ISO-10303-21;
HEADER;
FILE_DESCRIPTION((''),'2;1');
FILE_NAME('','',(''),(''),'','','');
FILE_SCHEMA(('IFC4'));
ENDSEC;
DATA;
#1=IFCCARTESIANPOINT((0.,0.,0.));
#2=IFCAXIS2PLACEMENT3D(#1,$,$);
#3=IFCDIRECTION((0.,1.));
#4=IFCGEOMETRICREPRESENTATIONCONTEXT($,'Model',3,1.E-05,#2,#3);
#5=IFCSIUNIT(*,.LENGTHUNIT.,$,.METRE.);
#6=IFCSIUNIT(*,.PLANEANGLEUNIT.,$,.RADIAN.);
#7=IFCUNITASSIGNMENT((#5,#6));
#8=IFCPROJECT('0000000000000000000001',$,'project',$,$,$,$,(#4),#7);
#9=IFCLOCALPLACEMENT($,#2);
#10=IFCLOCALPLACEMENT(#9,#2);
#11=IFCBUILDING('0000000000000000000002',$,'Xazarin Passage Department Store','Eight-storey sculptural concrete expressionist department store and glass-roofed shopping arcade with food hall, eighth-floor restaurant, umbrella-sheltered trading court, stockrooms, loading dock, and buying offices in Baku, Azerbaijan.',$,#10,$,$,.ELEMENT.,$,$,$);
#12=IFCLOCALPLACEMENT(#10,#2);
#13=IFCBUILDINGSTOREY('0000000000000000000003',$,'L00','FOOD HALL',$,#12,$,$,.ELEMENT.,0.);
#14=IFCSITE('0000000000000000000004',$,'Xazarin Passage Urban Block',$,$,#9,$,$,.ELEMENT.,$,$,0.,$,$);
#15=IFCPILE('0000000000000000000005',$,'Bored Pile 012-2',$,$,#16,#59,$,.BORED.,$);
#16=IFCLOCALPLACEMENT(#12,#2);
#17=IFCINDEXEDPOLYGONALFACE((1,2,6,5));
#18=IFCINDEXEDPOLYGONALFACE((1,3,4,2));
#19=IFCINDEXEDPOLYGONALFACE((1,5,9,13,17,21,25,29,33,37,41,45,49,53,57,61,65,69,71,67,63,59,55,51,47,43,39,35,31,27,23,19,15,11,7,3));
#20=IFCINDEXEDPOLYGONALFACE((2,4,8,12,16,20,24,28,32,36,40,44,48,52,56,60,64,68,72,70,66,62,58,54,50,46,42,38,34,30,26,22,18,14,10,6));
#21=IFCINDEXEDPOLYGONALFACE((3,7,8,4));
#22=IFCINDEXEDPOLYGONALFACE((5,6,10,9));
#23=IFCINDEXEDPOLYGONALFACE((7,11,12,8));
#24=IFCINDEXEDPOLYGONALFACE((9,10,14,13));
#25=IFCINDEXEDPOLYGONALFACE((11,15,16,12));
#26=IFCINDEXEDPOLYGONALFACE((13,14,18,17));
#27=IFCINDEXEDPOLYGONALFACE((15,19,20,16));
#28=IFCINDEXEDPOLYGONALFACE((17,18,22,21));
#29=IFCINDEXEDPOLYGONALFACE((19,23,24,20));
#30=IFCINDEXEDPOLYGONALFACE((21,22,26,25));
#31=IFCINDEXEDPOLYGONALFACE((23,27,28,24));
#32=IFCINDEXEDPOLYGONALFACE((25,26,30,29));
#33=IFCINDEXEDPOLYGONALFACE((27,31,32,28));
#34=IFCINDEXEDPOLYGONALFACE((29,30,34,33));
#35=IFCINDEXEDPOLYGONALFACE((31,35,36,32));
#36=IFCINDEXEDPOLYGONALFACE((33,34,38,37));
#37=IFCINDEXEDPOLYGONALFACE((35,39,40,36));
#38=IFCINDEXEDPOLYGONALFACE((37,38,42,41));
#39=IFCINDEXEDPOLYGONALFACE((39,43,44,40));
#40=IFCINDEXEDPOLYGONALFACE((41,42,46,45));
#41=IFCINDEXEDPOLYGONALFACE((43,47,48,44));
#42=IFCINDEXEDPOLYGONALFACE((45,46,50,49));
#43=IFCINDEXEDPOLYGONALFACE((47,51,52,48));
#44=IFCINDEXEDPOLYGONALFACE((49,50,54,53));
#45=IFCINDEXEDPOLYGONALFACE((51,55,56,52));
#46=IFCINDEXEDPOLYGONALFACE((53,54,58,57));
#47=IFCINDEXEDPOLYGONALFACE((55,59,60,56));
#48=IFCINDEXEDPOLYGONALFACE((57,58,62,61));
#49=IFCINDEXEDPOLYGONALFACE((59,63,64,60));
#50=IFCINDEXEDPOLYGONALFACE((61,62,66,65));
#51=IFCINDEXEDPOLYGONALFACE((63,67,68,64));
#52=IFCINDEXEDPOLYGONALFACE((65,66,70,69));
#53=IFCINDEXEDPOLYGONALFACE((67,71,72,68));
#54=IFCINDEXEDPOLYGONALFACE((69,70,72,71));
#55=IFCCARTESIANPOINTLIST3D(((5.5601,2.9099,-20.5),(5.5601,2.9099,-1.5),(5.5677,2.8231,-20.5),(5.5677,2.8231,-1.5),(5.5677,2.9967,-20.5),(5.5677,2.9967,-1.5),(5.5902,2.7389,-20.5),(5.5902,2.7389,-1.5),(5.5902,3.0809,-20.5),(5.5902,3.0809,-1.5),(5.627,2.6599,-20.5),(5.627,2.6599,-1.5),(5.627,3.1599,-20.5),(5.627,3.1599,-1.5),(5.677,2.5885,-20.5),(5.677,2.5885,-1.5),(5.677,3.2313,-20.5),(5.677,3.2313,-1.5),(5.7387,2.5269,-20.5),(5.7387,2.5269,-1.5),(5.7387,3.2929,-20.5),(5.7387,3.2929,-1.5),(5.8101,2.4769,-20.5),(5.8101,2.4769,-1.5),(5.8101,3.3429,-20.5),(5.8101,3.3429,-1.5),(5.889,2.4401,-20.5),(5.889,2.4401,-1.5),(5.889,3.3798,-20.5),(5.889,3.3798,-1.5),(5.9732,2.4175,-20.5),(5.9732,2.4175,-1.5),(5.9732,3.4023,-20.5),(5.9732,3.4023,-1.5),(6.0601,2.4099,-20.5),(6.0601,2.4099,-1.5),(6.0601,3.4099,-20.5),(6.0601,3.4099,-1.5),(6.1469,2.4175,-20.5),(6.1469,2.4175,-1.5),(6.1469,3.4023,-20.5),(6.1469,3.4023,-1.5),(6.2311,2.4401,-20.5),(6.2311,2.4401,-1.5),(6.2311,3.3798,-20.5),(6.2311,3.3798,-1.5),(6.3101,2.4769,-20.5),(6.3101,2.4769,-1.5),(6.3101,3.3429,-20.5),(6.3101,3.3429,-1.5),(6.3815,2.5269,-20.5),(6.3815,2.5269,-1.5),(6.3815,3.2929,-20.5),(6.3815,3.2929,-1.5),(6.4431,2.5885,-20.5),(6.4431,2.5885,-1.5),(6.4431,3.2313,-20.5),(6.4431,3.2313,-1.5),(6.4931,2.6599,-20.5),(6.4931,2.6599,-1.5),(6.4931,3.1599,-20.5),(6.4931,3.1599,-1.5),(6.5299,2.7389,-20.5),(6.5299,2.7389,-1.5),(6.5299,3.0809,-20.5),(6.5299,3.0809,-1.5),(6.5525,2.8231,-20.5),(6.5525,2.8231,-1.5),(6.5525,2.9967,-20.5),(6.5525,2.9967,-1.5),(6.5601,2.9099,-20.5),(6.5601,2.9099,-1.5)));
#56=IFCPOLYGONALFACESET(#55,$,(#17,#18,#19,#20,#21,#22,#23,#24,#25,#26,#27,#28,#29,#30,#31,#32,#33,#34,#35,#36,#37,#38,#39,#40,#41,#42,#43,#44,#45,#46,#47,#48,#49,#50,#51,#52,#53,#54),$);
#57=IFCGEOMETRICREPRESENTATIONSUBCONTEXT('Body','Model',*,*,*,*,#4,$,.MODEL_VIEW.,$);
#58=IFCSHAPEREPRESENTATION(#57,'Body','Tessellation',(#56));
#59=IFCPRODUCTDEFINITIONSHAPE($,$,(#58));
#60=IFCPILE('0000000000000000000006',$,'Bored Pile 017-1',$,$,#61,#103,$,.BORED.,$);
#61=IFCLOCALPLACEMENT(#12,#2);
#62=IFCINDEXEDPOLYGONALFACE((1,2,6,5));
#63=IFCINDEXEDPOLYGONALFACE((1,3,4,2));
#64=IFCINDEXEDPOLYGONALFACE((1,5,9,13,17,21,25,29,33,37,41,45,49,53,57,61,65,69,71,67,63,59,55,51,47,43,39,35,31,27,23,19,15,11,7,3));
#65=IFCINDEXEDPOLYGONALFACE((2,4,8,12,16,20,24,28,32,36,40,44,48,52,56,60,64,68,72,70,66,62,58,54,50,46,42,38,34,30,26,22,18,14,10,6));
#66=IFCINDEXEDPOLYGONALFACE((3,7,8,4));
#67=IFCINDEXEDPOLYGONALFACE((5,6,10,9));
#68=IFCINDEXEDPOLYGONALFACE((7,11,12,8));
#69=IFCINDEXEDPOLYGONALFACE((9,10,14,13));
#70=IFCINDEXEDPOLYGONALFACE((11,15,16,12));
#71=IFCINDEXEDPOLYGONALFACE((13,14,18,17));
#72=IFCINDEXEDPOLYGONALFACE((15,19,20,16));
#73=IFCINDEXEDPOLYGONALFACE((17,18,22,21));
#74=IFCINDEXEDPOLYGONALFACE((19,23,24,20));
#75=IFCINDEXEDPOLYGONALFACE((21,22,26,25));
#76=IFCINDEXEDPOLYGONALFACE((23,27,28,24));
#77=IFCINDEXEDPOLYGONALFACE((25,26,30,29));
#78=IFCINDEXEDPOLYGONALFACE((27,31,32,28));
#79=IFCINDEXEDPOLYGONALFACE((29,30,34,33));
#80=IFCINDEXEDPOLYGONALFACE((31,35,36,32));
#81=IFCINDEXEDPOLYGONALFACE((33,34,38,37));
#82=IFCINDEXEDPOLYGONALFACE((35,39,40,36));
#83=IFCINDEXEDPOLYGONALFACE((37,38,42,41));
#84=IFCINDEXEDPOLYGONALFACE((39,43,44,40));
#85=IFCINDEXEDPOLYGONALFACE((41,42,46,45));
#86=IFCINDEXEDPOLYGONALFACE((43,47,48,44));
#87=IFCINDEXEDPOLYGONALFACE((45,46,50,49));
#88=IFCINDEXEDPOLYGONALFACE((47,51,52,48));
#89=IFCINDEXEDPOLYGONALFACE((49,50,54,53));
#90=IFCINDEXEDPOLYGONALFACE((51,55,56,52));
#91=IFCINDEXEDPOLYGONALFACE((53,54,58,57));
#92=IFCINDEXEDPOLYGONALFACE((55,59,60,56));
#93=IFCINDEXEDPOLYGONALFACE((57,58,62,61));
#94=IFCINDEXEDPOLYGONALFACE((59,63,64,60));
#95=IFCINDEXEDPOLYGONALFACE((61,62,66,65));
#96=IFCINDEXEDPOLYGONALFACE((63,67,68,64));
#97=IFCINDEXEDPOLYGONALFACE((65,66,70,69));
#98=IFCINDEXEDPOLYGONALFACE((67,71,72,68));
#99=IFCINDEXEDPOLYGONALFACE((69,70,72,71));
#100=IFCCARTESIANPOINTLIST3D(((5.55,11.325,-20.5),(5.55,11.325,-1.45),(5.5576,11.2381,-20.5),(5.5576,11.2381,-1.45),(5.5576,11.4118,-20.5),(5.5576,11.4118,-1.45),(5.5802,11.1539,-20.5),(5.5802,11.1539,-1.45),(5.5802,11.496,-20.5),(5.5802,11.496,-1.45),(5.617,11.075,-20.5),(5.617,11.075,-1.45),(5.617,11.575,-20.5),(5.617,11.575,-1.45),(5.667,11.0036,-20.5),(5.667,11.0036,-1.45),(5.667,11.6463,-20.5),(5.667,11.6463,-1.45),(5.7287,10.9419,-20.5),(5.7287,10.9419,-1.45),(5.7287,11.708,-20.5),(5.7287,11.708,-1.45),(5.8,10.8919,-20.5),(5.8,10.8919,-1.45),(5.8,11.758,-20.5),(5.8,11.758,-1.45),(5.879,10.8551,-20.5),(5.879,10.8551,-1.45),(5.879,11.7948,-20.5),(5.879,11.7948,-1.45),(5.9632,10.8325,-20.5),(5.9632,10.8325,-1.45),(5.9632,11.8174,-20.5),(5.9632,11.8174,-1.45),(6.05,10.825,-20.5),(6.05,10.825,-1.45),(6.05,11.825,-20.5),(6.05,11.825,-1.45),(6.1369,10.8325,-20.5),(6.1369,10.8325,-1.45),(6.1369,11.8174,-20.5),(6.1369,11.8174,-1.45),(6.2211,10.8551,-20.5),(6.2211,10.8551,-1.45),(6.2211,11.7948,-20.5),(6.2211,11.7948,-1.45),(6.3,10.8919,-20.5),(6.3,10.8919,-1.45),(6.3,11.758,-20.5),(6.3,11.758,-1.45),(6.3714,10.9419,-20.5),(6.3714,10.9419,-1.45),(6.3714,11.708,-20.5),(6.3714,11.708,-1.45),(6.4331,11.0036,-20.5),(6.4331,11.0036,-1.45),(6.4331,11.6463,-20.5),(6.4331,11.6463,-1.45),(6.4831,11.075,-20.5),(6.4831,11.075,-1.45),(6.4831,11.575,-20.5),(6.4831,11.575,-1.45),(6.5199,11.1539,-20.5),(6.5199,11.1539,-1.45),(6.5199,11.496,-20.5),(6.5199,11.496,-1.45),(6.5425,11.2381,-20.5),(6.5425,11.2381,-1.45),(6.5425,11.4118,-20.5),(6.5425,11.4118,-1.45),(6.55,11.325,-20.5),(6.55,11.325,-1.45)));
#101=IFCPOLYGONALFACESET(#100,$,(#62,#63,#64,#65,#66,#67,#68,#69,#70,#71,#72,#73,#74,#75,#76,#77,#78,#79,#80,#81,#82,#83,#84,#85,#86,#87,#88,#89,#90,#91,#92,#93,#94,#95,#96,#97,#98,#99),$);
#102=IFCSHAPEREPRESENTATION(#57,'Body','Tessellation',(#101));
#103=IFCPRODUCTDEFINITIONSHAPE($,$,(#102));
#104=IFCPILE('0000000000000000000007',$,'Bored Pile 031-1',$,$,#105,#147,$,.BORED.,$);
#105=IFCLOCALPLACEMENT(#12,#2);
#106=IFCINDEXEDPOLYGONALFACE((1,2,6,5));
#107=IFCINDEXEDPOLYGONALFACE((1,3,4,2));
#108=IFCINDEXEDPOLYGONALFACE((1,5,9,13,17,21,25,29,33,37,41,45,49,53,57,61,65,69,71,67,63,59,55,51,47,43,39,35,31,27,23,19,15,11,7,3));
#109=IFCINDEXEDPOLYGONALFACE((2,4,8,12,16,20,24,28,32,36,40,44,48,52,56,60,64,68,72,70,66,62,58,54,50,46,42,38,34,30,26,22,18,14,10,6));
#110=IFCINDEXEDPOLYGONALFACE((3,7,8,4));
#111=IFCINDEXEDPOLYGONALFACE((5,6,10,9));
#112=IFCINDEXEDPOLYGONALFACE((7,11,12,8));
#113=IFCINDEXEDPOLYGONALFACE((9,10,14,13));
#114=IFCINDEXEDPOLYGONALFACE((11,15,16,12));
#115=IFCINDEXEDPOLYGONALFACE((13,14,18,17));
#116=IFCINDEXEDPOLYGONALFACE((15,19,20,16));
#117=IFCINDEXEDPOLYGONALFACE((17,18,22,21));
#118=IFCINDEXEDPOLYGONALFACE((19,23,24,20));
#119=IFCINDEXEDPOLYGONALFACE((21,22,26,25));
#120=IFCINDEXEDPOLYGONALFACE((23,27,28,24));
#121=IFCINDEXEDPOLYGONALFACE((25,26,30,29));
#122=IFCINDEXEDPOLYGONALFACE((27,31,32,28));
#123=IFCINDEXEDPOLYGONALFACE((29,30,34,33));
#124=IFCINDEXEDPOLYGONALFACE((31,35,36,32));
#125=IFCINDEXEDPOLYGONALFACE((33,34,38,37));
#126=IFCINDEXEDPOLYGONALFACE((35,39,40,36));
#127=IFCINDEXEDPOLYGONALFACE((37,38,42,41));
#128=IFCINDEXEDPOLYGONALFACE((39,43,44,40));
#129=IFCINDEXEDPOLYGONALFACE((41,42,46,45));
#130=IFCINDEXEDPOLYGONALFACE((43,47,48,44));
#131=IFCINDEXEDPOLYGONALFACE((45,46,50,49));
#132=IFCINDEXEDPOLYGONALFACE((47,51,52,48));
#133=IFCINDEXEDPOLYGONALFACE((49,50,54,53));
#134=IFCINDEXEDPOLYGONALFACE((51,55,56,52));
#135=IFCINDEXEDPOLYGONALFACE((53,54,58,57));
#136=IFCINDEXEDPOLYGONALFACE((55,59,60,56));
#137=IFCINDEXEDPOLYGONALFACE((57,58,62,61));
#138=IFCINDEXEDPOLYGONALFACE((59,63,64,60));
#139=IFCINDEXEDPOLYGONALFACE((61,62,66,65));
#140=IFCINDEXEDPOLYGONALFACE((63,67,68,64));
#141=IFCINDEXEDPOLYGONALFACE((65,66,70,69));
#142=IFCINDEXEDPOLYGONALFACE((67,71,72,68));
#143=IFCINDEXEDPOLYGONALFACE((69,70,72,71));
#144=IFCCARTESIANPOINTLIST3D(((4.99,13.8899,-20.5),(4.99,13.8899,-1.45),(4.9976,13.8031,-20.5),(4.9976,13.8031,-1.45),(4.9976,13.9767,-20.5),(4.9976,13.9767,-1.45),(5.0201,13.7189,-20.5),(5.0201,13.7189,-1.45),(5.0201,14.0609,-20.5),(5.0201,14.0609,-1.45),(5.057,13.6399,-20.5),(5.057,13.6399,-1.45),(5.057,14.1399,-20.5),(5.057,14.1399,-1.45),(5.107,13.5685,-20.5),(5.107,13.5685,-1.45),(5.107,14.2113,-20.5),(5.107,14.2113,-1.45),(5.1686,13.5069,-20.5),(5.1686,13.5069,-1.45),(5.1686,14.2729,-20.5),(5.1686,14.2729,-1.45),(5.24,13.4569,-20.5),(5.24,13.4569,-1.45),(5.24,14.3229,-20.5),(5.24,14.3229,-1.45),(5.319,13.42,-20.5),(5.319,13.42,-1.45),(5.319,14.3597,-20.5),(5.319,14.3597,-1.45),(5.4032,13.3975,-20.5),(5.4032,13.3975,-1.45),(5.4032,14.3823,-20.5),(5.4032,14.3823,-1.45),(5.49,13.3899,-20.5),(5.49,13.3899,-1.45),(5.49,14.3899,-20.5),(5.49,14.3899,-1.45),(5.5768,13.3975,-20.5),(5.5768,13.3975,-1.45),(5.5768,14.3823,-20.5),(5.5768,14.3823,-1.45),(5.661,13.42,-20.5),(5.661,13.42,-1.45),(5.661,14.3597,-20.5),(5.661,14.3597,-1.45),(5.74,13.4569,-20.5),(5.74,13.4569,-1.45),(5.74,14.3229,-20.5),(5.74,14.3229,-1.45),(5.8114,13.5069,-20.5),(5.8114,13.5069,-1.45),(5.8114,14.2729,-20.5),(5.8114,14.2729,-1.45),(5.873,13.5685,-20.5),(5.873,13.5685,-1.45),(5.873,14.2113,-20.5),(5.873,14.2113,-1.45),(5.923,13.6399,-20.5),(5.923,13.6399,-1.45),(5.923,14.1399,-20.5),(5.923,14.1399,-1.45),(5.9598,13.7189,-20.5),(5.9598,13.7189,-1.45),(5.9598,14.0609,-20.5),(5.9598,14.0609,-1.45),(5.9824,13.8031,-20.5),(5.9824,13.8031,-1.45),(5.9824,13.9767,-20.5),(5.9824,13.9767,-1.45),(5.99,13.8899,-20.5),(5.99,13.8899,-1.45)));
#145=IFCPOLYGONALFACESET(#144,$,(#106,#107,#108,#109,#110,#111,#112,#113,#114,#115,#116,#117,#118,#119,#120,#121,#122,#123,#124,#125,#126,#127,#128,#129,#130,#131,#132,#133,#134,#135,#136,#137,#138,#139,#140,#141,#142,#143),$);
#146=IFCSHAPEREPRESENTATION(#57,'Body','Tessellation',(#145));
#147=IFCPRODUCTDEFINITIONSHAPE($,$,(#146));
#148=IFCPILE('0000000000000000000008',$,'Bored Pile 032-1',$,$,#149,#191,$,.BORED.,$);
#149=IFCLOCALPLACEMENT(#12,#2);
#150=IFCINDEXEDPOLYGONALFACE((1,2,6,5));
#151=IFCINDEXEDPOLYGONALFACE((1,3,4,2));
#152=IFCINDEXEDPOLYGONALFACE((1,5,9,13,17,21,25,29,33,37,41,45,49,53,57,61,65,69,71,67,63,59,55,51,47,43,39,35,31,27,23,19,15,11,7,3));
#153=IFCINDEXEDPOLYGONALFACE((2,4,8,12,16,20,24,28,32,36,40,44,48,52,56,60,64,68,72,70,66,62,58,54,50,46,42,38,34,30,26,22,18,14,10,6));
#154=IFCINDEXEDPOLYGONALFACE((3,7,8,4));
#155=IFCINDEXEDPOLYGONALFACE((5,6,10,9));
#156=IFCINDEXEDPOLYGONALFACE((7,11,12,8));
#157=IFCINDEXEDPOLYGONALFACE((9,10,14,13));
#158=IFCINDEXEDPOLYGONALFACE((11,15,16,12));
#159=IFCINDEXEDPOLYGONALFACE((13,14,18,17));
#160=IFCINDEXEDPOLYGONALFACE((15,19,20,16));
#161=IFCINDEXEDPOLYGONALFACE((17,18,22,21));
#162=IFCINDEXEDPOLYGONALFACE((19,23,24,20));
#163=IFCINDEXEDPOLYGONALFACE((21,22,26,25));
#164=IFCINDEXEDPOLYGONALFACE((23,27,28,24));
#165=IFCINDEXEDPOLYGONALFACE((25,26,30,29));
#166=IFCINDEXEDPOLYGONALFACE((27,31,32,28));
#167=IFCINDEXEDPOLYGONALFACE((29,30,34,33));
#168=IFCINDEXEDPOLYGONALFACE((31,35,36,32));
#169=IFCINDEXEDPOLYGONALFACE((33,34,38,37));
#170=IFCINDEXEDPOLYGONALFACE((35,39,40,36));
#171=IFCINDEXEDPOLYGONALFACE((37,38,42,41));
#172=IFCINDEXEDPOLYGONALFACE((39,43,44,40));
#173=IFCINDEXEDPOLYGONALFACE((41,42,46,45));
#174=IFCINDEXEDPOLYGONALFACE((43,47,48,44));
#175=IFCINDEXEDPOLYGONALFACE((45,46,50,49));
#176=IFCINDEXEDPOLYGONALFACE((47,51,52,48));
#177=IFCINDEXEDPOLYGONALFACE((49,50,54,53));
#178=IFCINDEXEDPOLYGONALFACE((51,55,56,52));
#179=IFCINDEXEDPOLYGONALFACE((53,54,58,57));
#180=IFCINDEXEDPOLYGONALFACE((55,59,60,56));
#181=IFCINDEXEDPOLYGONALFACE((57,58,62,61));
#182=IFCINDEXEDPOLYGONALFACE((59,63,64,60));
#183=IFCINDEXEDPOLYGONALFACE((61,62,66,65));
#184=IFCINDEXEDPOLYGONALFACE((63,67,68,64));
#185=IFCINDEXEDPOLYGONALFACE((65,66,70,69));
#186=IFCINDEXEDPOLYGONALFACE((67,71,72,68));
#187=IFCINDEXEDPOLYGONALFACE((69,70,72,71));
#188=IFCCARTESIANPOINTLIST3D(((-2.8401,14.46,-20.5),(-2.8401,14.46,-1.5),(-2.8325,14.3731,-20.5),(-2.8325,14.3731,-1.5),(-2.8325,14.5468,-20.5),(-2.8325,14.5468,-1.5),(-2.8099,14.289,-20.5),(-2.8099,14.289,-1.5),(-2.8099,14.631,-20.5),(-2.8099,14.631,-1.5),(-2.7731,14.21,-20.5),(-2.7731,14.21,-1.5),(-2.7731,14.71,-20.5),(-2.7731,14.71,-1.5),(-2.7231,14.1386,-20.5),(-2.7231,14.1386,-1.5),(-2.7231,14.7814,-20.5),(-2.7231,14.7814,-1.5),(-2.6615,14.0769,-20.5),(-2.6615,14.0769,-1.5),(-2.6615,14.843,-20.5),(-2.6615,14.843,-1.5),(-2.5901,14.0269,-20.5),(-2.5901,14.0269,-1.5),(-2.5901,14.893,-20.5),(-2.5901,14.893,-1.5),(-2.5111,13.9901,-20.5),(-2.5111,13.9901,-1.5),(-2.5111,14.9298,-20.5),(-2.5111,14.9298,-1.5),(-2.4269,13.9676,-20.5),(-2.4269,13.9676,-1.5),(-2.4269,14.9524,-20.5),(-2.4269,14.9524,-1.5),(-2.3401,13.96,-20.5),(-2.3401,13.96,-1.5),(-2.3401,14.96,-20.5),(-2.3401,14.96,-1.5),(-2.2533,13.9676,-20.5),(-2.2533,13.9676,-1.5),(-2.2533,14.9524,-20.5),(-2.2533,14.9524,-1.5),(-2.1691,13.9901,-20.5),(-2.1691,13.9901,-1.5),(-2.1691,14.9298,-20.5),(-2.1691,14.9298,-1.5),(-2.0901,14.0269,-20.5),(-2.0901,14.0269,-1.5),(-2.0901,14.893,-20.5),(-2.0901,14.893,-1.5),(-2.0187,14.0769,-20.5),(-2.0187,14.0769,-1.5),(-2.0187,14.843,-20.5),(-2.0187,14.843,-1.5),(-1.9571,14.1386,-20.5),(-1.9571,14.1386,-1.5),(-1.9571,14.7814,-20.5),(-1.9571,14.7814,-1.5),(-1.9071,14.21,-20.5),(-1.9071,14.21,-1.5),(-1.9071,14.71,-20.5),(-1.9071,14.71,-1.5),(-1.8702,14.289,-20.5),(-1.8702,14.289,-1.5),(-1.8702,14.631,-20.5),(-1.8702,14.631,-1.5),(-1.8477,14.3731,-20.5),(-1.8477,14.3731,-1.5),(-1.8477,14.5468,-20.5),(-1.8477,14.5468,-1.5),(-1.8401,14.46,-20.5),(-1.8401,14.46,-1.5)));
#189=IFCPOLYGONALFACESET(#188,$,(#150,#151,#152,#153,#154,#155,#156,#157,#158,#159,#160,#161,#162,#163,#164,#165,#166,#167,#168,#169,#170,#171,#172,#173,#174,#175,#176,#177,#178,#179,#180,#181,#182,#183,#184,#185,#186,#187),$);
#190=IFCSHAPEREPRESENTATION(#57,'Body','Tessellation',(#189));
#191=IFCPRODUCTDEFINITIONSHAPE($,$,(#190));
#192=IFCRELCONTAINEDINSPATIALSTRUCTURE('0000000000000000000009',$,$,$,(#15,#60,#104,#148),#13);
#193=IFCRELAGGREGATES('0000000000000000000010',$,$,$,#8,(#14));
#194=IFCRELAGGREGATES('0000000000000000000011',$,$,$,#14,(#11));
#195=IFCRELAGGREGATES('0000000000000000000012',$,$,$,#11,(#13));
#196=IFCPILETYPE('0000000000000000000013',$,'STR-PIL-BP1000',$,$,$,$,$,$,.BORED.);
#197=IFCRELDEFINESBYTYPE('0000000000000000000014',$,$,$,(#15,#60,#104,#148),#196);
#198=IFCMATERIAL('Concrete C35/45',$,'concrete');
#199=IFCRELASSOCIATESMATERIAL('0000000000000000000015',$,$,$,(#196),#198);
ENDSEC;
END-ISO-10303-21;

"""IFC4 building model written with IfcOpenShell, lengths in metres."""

from ifc_helpers import new_model, si_unit, direction, frame, origin, origin_2d, place, context, subcontext, project, spatial, circle, extrude, material, material_profile, profile_set, type_object, element, save


model = new_model("IFC4")

# Units and contexts
model_context = context("Model", 3, precision=1e-05, world=origin(), true_north=direction((0.0, 1.0)))
body_context = subcontext(model_context, "Body", "Model", "MODEL_VIEW")
ifc_project = project(units=[si_unit("LENGTHUNIT", "METRE"), si_unit("PLANEANGLEUNIT", "RADIAN")], contexts=[model_context])

# Site, building, storey
site_placement = place(None, origin())
site = spatial("IfcSite", under=ifc_project, at=site_placement, Name="Xazarin Passage Urban Block", CompositionType="ELEMENT", RefElevation=0.0)
building_placement = place(site_placement, origin())
building = spatial("IfcBuilding", under=site, at=building_placement, Name="Xazarin Passage Department Store", Description="Eight-storey sculptural concrete expressionist department store and glass-roofed shopping arcade with food hall, eighth-floor restaurant, umbrella-sheltered trading court, stockrooms, loading dock, and buying offices in Baku, Azerbaijan.", CompositionType="ELEMENT")
storey_placement = place(building_placement, origin())
storey = spatial("IfcBuildingStorey", under=building, at=storey_placement, Name="L00", Description="FOOD HALL", CompositionType="ELEMENT", Elevation=0.0)

# Piles
ifc_material_1 = material(Name="Concrete C35/45", Category="concrete")
ifc_material_profile_1 = material_profile(ifc_material_1, circle(Radius=0.5, at=origin_2d()), Name="BP 1000")
ifc_profile_set_1 = profile_set([ifc_material_profile_1], Name="Concrete C35/45")
pile_type_1 = type_object("IfcPileType", Name="STR-PIL-BP1000", PredefinedType="BORED", material=ifc_profile_set_1)
pile_1_placement = place(storey_placement, frame((6.0601, 2.9099, -1.5), z_axis=(0.0, 0.0, -1.0), x_axis=(1.0, 0.0, 0.0)))
element("IfcPile", 1, at=pile_1_placement, inside=storey, type_object=pile_type_1, Name="Bored Pile 012-2", PredefinedType="BORED", context=body_context, shape_type="SweptSolid", body=[
    extrude(circle(Radius=0.5, at=origin_2d()), origin(), (0.0, 0.0, 1.0), 19.0),
])
for number, where, z_axis, x_axis, name in (
    (2, (6.05, 11.325, -1.45), (0.0, 0.0, -1.0), (1.0, 0.0, 0.0), "Bored Pile 017-1"),
    (3, (5.49, 13.8899, -1.45), (0.0, 0.0, -1.0), (1.0, 0.0, 0.0), "Bored Pile 031-1"),
):
    element("IfcPile", number, at=place(storey_placement, frame(where, z_axis=z_axis, x_axis=x_axis)), inside=storey, type_object=pile_type_1, Name=name, PredefinedType="BORED", context=body_context, shape_type="SweptSolid", body=[
        extrude(circle(Radius=0.5, at=origin_2d()), origin(), (0.0, 0.0, 1.0), 19.05),
    ])
pile_2_placement = place(storey_placement, frame((-2.3401, 14.46, -1.5), z_axis=(0.0, 0.0, -1.0), x_axis=(1.0, 0.0, 0.0)))
element("IfcPile", 4, at=pile_2_placement, inside=storey, type_object=pile_type_1, Name="Bored Pile 032-1", PredefinedType="BORED", context=body_context, shape_type="SweptSolid", body=[
    extrude(circle(Radius=0.5, at=origin_2d()), origin(), (0.0, 0.0, 1.0), 19.0),
])

save(model, "model.ifc")
